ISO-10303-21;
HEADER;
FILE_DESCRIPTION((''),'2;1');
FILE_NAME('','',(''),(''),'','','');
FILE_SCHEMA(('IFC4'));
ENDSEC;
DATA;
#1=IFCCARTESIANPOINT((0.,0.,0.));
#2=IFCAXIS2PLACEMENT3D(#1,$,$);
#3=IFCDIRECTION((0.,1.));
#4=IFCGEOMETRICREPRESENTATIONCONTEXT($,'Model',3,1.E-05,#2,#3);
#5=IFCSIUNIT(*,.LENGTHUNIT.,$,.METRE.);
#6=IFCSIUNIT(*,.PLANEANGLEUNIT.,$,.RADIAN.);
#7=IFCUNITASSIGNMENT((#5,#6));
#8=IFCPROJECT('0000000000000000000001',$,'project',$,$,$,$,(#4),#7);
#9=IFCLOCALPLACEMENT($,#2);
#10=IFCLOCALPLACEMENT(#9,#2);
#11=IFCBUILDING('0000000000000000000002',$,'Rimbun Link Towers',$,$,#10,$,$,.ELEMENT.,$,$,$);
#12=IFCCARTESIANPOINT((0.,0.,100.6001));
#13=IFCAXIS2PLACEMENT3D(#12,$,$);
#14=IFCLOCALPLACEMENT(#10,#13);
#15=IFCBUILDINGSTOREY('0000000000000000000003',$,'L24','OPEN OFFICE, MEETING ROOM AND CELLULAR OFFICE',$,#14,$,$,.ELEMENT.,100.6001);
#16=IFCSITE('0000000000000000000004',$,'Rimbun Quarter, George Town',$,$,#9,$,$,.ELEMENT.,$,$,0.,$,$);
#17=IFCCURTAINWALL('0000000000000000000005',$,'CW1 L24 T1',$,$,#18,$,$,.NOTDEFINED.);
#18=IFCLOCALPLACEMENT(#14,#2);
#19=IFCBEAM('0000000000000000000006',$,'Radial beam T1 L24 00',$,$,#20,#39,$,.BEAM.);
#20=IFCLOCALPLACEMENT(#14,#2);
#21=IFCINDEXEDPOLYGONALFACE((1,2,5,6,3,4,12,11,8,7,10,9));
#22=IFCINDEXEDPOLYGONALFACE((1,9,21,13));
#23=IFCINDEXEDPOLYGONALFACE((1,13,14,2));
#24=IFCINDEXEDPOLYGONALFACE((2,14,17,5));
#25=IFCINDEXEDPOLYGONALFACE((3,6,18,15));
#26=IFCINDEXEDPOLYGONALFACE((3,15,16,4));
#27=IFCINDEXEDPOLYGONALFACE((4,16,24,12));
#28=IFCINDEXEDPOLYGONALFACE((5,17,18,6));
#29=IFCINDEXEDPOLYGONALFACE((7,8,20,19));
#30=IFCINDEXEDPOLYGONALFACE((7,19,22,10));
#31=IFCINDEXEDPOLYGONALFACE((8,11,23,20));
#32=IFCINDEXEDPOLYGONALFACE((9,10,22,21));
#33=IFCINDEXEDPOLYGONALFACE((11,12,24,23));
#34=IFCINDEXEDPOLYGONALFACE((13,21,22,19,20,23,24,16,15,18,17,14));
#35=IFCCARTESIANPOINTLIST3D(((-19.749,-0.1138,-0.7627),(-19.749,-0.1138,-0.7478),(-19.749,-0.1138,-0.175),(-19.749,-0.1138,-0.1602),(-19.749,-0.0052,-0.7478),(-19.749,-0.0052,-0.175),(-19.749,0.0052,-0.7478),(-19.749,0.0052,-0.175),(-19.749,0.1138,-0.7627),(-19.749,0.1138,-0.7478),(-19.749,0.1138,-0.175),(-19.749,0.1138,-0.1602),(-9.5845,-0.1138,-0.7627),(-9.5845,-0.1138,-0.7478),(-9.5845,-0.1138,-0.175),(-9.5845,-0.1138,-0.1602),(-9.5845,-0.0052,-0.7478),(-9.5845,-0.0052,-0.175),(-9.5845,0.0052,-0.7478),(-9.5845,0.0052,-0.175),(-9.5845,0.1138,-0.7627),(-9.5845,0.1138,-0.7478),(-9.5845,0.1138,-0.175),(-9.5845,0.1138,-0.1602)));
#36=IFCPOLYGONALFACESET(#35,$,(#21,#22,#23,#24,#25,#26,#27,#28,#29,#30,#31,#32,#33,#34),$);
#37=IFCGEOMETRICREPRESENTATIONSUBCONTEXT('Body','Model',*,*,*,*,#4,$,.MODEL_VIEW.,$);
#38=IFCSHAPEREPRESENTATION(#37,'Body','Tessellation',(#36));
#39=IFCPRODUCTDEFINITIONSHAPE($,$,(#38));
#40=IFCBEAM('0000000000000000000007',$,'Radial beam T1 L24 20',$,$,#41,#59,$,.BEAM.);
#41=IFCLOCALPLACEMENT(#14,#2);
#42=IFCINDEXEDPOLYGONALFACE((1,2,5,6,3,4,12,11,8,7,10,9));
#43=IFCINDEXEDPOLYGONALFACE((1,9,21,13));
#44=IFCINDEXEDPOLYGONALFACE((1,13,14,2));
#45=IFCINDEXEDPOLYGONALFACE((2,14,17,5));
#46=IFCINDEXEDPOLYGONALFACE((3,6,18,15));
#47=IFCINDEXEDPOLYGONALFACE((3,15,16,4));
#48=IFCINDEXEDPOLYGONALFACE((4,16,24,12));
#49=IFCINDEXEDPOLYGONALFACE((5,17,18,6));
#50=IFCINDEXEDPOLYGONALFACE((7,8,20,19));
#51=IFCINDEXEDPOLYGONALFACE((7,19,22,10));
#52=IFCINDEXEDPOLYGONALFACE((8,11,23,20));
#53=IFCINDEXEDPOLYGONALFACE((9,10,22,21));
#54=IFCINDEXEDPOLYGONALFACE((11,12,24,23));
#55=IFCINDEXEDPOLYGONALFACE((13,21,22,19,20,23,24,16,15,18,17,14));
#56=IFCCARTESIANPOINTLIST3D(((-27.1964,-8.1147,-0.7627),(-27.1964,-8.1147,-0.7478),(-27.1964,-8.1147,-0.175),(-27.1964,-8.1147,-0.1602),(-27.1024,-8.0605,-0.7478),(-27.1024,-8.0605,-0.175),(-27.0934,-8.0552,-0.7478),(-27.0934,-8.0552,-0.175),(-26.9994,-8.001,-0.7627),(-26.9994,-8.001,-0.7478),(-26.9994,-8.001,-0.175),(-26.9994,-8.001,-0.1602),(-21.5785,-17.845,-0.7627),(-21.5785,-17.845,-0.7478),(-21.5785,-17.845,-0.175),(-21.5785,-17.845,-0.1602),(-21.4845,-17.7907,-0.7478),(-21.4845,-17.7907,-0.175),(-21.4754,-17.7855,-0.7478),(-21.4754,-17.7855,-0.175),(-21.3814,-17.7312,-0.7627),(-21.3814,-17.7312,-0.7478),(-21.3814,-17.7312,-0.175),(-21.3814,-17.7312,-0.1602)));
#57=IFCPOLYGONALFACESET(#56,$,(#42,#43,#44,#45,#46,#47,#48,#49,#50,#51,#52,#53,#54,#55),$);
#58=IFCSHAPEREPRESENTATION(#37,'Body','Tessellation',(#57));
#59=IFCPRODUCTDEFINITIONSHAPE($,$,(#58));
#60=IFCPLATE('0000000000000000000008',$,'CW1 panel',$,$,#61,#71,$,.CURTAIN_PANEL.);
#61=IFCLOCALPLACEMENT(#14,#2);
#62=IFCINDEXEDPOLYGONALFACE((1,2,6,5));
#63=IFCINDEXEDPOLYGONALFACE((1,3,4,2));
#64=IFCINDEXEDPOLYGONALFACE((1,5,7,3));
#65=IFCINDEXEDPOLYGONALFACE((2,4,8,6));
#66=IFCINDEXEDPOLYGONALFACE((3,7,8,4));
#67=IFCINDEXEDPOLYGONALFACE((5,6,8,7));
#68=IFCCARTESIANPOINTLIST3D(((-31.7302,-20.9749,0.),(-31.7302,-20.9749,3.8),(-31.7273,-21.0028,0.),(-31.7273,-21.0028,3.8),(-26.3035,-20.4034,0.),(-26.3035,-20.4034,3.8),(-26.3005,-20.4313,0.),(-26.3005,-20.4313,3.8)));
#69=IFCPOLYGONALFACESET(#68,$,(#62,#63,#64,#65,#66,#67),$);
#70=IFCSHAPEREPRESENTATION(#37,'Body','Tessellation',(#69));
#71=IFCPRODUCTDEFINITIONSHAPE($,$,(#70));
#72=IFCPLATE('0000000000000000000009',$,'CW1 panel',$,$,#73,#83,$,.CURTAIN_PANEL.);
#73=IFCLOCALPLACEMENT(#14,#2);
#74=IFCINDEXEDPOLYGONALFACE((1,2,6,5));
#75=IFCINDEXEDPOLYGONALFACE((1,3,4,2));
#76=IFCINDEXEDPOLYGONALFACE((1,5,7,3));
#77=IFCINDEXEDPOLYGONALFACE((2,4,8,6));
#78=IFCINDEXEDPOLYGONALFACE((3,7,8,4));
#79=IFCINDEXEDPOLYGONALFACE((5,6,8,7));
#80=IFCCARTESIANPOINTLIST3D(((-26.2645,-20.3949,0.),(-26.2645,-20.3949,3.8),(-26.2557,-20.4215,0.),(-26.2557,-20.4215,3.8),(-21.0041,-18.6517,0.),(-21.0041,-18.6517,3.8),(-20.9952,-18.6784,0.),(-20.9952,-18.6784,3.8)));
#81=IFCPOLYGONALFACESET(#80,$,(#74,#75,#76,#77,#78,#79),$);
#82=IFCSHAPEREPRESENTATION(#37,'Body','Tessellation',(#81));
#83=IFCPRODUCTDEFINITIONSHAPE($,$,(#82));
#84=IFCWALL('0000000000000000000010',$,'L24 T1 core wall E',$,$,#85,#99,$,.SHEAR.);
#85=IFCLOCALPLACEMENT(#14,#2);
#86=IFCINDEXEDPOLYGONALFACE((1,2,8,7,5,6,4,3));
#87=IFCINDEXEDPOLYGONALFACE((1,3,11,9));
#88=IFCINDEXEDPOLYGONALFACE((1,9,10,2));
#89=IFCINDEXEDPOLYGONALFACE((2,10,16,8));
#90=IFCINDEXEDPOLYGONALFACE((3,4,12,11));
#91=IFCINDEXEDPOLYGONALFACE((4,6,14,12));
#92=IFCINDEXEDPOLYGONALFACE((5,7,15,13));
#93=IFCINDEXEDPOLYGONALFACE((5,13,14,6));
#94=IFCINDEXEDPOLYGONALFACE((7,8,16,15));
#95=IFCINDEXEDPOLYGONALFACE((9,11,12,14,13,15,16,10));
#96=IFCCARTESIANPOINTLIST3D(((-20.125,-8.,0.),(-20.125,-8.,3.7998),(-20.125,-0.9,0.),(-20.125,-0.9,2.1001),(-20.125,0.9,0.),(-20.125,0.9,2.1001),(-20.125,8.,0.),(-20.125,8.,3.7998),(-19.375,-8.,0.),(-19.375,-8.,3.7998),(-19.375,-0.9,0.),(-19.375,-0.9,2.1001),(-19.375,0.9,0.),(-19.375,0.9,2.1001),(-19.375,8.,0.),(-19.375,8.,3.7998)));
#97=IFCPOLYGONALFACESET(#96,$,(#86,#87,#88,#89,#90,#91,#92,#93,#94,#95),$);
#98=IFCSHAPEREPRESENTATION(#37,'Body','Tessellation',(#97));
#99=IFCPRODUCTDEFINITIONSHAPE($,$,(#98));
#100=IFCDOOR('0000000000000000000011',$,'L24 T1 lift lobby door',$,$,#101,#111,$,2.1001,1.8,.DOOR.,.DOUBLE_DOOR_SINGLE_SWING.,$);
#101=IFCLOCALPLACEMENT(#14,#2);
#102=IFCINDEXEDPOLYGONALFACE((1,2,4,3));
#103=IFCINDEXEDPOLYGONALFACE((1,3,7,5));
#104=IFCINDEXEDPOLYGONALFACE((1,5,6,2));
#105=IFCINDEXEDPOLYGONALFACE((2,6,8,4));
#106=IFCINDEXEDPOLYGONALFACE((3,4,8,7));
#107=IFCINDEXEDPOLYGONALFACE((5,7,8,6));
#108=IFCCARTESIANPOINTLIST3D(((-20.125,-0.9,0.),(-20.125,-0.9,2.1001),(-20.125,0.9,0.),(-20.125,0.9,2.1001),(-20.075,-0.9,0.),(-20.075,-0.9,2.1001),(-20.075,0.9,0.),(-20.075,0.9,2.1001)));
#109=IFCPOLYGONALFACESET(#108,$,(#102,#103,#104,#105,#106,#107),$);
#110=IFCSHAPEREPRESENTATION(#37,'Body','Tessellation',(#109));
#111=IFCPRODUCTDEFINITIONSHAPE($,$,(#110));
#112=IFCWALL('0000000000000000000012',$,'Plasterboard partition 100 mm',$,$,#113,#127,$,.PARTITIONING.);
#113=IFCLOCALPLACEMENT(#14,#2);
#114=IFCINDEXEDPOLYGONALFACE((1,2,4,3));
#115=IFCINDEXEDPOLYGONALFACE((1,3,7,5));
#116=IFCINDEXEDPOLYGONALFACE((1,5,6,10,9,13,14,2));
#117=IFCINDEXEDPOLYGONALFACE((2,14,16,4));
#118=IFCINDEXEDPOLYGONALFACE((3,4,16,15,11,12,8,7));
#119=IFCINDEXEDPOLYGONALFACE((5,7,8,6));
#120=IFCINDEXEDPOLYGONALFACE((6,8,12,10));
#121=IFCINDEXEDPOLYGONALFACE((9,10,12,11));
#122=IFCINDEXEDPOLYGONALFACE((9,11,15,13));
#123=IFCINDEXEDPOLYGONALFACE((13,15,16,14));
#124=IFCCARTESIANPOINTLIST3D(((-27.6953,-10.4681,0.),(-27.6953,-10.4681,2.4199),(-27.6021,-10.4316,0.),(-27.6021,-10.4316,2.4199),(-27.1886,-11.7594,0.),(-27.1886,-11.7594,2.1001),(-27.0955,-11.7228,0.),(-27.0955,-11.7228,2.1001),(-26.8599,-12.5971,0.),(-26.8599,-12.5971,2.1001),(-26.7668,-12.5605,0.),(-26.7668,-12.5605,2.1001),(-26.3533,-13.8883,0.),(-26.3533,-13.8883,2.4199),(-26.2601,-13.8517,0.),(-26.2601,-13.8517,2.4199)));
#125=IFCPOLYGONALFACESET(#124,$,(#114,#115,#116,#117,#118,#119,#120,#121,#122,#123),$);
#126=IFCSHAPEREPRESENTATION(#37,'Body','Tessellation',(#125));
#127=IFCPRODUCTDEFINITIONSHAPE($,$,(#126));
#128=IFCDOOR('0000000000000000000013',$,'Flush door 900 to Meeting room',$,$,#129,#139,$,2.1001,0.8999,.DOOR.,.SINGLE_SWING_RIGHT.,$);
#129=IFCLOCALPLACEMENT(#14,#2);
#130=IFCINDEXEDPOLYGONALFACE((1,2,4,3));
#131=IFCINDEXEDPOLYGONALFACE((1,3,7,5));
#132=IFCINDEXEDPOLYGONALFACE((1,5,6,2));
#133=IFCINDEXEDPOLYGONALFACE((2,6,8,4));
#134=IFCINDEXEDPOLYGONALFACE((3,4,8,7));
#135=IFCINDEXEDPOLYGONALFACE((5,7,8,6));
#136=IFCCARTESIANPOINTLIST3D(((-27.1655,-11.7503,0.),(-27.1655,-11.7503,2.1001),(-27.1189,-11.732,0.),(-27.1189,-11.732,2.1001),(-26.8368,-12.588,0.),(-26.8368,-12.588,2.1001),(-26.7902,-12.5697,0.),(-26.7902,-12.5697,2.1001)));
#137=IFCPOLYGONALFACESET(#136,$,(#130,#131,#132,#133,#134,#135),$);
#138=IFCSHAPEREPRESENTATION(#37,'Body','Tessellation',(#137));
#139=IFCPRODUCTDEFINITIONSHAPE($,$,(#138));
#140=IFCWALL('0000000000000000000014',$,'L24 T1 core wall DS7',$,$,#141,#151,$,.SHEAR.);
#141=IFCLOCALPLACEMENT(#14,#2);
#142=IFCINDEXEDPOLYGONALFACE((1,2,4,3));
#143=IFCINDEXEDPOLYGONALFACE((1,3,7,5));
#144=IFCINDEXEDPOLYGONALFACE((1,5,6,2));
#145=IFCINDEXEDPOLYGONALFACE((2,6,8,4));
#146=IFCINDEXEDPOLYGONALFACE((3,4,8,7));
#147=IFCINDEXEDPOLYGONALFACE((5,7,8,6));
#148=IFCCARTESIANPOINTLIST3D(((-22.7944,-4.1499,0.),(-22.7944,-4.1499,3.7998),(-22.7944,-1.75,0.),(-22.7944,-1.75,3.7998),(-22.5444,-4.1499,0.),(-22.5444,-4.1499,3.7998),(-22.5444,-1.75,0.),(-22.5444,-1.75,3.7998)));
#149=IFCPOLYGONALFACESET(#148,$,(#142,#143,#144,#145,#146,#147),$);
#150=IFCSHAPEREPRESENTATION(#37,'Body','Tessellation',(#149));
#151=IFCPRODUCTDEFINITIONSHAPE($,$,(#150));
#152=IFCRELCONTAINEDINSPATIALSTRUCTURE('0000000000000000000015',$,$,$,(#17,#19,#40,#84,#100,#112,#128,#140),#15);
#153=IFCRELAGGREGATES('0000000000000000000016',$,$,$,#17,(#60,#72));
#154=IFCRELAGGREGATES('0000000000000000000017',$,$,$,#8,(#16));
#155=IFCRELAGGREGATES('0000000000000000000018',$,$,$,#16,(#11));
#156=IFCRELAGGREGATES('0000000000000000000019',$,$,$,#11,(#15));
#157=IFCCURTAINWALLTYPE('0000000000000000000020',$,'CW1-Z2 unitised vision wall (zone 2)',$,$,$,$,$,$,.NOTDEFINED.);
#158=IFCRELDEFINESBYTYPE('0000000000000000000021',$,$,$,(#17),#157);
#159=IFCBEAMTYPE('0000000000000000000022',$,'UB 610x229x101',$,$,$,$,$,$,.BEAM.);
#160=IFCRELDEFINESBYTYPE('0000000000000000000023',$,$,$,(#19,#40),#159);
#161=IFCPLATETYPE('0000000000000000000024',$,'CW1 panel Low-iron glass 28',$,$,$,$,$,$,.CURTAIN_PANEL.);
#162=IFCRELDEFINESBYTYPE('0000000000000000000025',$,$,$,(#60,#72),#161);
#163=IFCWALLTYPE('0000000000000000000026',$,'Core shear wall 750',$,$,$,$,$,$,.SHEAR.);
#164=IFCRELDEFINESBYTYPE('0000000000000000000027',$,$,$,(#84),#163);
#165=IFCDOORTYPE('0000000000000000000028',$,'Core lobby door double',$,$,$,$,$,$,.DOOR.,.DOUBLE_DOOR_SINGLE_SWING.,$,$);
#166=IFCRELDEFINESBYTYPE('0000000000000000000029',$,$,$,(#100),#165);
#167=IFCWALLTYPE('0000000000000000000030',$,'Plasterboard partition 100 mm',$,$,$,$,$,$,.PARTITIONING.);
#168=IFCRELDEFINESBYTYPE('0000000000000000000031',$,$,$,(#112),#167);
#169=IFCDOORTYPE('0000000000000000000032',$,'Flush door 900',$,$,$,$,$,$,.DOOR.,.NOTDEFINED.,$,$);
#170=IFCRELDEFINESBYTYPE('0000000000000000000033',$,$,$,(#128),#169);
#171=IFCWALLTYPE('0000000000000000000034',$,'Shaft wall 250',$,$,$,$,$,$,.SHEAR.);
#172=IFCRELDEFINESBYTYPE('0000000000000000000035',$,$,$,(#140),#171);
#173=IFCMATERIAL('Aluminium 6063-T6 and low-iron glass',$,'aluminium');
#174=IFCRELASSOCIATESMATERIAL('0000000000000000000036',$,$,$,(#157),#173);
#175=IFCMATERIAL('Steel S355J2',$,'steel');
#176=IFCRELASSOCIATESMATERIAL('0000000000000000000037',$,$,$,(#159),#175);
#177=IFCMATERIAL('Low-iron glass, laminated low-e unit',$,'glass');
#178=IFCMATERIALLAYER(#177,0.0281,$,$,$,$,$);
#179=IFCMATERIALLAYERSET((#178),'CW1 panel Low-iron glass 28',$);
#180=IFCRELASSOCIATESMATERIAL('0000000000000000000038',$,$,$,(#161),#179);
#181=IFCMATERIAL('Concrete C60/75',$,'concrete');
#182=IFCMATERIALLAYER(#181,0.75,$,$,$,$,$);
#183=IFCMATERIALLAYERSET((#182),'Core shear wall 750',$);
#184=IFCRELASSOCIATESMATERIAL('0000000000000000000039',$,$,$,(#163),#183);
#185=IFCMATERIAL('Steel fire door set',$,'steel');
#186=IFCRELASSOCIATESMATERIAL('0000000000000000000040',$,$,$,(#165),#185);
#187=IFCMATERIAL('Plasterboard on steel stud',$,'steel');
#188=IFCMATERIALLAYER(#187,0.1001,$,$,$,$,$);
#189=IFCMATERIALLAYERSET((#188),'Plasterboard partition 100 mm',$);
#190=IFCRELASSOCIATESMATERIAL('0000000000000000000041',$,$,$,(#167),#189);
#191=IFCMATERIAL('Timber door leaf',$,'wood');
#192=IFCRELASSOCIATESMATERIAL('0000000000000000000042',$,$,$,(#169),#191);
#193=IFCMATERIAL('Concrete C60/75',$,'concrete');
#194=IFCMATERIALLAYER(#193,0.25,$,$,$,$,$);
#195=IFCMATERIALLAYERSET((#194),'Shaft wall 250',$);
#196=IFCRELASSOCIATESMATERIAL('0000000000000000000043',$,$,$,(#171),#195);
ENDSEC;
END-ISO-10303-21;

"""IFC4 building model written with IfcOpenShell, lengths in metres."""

from ifc_helpers import new_model, si_unit, direction, frame, frame_2d, origin, origin_2d, place, context, subcontext, project, spatial, rectangle, i_section, extrude, material, layer, layer_set, material_profile, profile_set, type_object, element, fill, aggregate, save


model = new_model("IFC4")

# Units and contexts
model_context = context("Model", 3, precision=1e-05, world=origin(), true_north=direction((0.0, 1.0)))
body_context = subcontext(model_context, "Body", "Model", "MODEL_VIEW")
ifc_project = project(units=[si_unit("LENGTHUNIT", "METRE"), si_unit("PLANEANGLEUNIT", "RADIAN")], contexts=[model_context])

# Site, building, storey
site_placement = place(None, origin())
site = spatial("IfcSite", under=ifc_project, at=site_placement, Name="Rimbun Quarter, George Town", CompositionType="ELEMENT", RefElevation=0.0)
building_placement = place(site_placement, origin())
building = spatial("IfcBuilding", under=site, at=building_placement, Name="Rimbun Link Towers", CompositionType="ELEMENT")
storey_placement = place(building_placement, frame((0.0, 0.0, 100.6001)))
storey = spatial("IfcBuildingStorey", under=building, at=storey_placement, Name="L24", Description="OPEN OFFICE, MEETING ROOM AND CELLULAR OFFICE", CompositionType="ELEMENT", Elevation=100.6001)

# Curtain wall
ifc_material_1 = material(Name="Aluminium 6063-T6 and low-iron glass", Category="aluminium")
curtain_wall_type = type_object("IfcCurtainWallType", Name="CW1-Z2 unitised vision wall (zone 2)", PredefinedType="NOTDEFINED", material=ifc_material_1)
curtain_wall_placement = place(storey_placement, origin())
curtain_wall = element("IfcCurtainWall", 1, at=curtain_wall_placement, inside=storey, type_object=curtain_wall_type, Name="CW1 L24 T1", PredefinedType="NOTDEFINED")

# Beams
ifc_material_2 = material(Name="Steel S355J2", Category="steel")
ifc_material_profile_1 = material_profile(ifc_material_2, i_section(OverallWidth=0.2275, OverallDepth=0.6025, WebThickness=0.0105, FlangeThickness=0.0149, at=origin_2d()), Name="UB 610x229x101")
ifc_profile_set_1 = profile_set([ifc_material_profile_1], Name="Steel S355J2")
beam_type_1 = type_object("IfcBeamType", Name="UB 610x229x101", PredefinedType="BEAM", material=ifc_profile_set_1)
beam_1_placement = place(storey_placement, frame((-19.749, 0.0, -0.4614), z_axis=(1.0, 0.0, 0.0), x_axis=(0.0, 1.0, 0.0)))
element("IfcBeam", 2, at=beam_1_placement, inside=storey, type_object=beam_type_1, Name="Radial beam T1 L24 00", PredefinedType="BEAM", context=body_context, shape_type="SweptSolid", body=[
    extrude(i_section(OverallWidth=0.2275, OverallDepth=0.6025, WebThickness=0.0105, FlangeThickness=0.0149, at=origin_2d()), origin(), (0.0, 0.0, 1.0), 10.1646),
])
beam_2_placement = place(storey_placement, frame((-27.0979, -8.0579, -0.4614), z_axis=(0.500011, -0.866019, 0.0), x_axis=(0.866019, 0.500011, 0.0)))
element("IfcBeam", 3, at=beam_2_placement, inside=storey, type_object=beam_type_1, Name="Radial beam T1 L24 20", PredefinedType="BEAM", context=body_context, shape_type="SweptSolid", body=[
    extrude(i_section(OverallWidth=0.2275, OverallDepth=0.6025, WebThickness=0.0105, FlangeThickness=0.0149, at=origin_2d()), origin(), (0.0, 0.0, 1.0), 11.2356),
])

# Plates
ifc_material_3 = material(Name="Low-iron glass, laminated low-e unit", Category="glass")
ifc_layer_1 = layer(ifc_material_3, 0.0281)
ifc_layer_set_1 = layer_set([ifc_layer_1], Name="CW1 panel Low-iron glass 28")
plate_type = type_object("IfcPlateType", Name="CW1 panel Low-iron glass 28", PredefinedType="CURTAIN_PANEL", material=ifc_layer_set_1)
plate_1_placement = place(storey_placement, frame((-29.0154, -20.7031, 0.0), z_axis=(0.0, 0.0, 1.0), x_axis=(-0.9945, -0.104735, 0.0)))
plate_1 = element("IfcPlate", 4, at=plate_1_placement, type_object=plate_type, Name="CW1 panel", PredefinedType="CURTAIN_PANEL", context=body_context, shape_type="SweptSolid", body=[
    extrude(rectangle(XDim=5.4568, YDim=0.0281, at=origin_2d()), origin(), (0.0, 0.0, 1.0), 3.8),
])
plate_2_placement = place(storey_placement, frame((-23.6299, -19.5366, 0.0), z_axis=(0.0, 0.0, 1.0), x_axis=(-0.949239, -0.314556, 0.0)))
plate_2 = element("IfcPlate", 5, at=plate_2_placement, type_object=plate_type, Name="CW1 panel", PredefinedType="CURTAIN_PANEL", context=body_context, shape_type="SweptSolid", body=[
    extrude(rectangle(XDim=5.5417, YDim=0.0281, at=origin_2d()), origin(), (0.0, 0.0, 1.0), 3.8),
])
aggregate(curtain_wall, [plate_1, plate_2])

# Walls, openings, doors
ifc_material_4 = material(Name="Concrete C60/75", Category="concrete")
ifc_layer_2 = layer(ifc_material_4, 0.75)
ifc_layer_set_2 = layer_set([ifc_layer_2], Name="Core shear wall 750")
wall_type_1 = type_object("IfcWallType", Name="Core shear wall 750", PredefinedType="SHEAR", material=ifc_layer_set_2)
wall_1_placement = place(storey_placement, frame((-19.75, -8.0, 0.0), z_axis=(0.0, 0.0, 1.0), x_axis=(0.0, 1.0, 0.0)))
wall_1 = element("IfcWall", 6, at=wall_1_placement, inside=storey, type_object=wall_type_1, Name="L24 T1 core wall E", PredefinedType="SHEAR", context=body_context, shape_type="SweptSolid", body=[
    extrude(rectangle(XDim=16.0, YDim=0.75, at=frame_2d((8.0, 0.0))), origin(), (0.0, 0.0, 1.0), 3.7998),
])
opening_1_placement = place(wall_1_placement, frame((7.1001, 0.0, 0.0)))
opening_1 = element("IfcOpeningElement", 7, at=opening_1_placement, cuts=wall_1, PredefinedType="OPENING", context=body_context, shape_type="SweptSolid", body=[
    extrude(rectangle(XDim=1.8, YDim=2.1001, at=frame_2d((0.8999, 1.05))), frame((0.0, 0.385, 0.0), z_axis=(0.0, -1.0, 0.0), x_axis=(1.0, 0.0, 0.0)), (0.0, 0.0, 1.0), 0.77),
])
ifc_material_5 = material(Name="Steel fire door set", Category="steel")
door_type_1 = type_object("IfcDoorType", Name="Core lobby door double", OperationType="DOUBLE_DOOR_SINGLE_SWING", PredefinedType="DOOR", material=ifc_material_5)
door_1_placement = place(opening_1_placement, origin())
door_1 = element("IfcDoor", 8, at=door_1_placement, inside=storey, type_object=door_type_1, Name="L24 T1 lift lobby door", OperationType="DOUBLE_DOOR_SINGLE_SWING", OverallHeight=2.1001, OverallWidth=1.8, PredefinedType="DOOR", context=body_context, shape_type="SweptSolid", body=[
    extrude(rectangle(XDim=1.8, YDim=2.1001, at=frame_2d((0.8999, 1.05))), frame((0.0, 0.375, 0.0), z_axis=(0.0, -1.0, 0.0), x_axis=(1.0, 0.0, 0.0)), (0.0, 0.0, 1.0), 0.05),
])
fill(opening_1, door_1)
ifc_material_6 = material(Name="Plasterboard on steel stud", Category="steel")
ifc_layer_3 = layer(ifc_material_6, 0.1001)
ifc_layer_set_3 = layer_set([ifc_layer_3], Name="Plasterboard partition 100 mm")
wall_type_2 = type_object("IfcWallType", Name="Plasterboard partition 100 mm", PredefinedType="PARTITIONING", material=ifc_layer_set_3)
wall_2_placement = place(storey_placement, frame((-27.6487, -10.45, 0.0), z_axis=(0.0, 0.0, 1.0), x_axis=(0.365276, -0.930899, 0.0)))
wall_2 = element("IfcWall", 9, at=wall_2_placement, inside=storey, type_object=wall_type_2, Name="Plasterboard partition 100 mm", PredefinedType="PARTITIONING", context=body_context, shape_type="SweptSolid", body=[
    extrude(rectangle(XDim=3.6741, YDim=0.1001, at=frame_2d((1.8369, 0.0))), origin(), (0.0, 0.0, 1.0), 2.4199),
])
opening_2_placement = place(wall_2_placement, frame((1.387, 0.0, 0.0)))
opening_2 = element("IfcOpeningElement", 10, at=opening_2_placement, cuts=wall_2, PredefinedType="OPENING", context=body_context, shape_type="SweptSolid", body=[
    extrude(rectangle(XDim=0.8999, YDim=2.1001, at=frame_2d((0.45, 1.05))), frame((0.0, 0.0601, 0.0), z_axis=(0.0, -1.0, 0.0), x_axis=(1.0, 0.0, 0.0)), (0.0, 0.0, 1.0), 0.1201),
])
ifc_material_7 = material(Name="Timber door leaf", Category="wood")
door_type_2 = type_object("IfcDoorType", Name="Flush door 900", OperationType="NOTDEFINED", PredefinedType="DOOR", material=ifc_material_7)
door_2_placement = place(opening_2_placement, origin())
door_2 = element("IfcDoor", 11, at=door_2_placement, inside=storey, type_object=door_type_2, Name="Flush door 900 to Meeting room", OperationType="SINGLE_SWING_RIGHT", OverallHeight=2.1001, OverallWidth=0.8999, PredefinedType="DOOR", context=body_context, shape_type="SweptSolid", body=[
    extrude(rectangle(XDim=0.8999, YDim=2.1001, at=frame_2d((0.45, 1.05))), frame((0.0, 0.0249, 0.0), z_axis=(0.0, -1.0, 0.0), x_axis=(1.0, 0.0, 0.0)), (0.0, 0.0, 1.0), 0.05),
])
fill(opening_2, door_2)

# Wall
ifc_material_8 = material(Name="Concrete C60/75", Category="concrete")
ifc_layer_4 = layer(ifc_material_8, 0.25)
ifc_layer_set_4 = layer_set([ifc_layer_4], Name="Shaft wall 250")
wall_type_3 = type_object("IfcWallType", Name="Shaft wall 250", PredefinedType="SHEAR", material=ifc_layer_set_4)
wall_3_placement = place(storey_placement, frame((-22.6694, -4.1499, 0.0), z_axis=(0.0, 0.0, 1.0), x_axis=(0.0, 1.0, 0.0)))
element("IfcWall", 12, at=wall_3_placement, inside=storey, type_object=wall_type_3, Name="L24 T1 core wall DS7", PredefinedType="SHEAR", context=body_context, shape_type="SweptSolid", body=[
    extrude(rectangle(XDim=2.3999, YDim=0.25, at=frame_2d((1.2, 0.0))), origin(), (0.0, 0.0, 1.0), 3.7998),
])

save(model, "model.ifc")
